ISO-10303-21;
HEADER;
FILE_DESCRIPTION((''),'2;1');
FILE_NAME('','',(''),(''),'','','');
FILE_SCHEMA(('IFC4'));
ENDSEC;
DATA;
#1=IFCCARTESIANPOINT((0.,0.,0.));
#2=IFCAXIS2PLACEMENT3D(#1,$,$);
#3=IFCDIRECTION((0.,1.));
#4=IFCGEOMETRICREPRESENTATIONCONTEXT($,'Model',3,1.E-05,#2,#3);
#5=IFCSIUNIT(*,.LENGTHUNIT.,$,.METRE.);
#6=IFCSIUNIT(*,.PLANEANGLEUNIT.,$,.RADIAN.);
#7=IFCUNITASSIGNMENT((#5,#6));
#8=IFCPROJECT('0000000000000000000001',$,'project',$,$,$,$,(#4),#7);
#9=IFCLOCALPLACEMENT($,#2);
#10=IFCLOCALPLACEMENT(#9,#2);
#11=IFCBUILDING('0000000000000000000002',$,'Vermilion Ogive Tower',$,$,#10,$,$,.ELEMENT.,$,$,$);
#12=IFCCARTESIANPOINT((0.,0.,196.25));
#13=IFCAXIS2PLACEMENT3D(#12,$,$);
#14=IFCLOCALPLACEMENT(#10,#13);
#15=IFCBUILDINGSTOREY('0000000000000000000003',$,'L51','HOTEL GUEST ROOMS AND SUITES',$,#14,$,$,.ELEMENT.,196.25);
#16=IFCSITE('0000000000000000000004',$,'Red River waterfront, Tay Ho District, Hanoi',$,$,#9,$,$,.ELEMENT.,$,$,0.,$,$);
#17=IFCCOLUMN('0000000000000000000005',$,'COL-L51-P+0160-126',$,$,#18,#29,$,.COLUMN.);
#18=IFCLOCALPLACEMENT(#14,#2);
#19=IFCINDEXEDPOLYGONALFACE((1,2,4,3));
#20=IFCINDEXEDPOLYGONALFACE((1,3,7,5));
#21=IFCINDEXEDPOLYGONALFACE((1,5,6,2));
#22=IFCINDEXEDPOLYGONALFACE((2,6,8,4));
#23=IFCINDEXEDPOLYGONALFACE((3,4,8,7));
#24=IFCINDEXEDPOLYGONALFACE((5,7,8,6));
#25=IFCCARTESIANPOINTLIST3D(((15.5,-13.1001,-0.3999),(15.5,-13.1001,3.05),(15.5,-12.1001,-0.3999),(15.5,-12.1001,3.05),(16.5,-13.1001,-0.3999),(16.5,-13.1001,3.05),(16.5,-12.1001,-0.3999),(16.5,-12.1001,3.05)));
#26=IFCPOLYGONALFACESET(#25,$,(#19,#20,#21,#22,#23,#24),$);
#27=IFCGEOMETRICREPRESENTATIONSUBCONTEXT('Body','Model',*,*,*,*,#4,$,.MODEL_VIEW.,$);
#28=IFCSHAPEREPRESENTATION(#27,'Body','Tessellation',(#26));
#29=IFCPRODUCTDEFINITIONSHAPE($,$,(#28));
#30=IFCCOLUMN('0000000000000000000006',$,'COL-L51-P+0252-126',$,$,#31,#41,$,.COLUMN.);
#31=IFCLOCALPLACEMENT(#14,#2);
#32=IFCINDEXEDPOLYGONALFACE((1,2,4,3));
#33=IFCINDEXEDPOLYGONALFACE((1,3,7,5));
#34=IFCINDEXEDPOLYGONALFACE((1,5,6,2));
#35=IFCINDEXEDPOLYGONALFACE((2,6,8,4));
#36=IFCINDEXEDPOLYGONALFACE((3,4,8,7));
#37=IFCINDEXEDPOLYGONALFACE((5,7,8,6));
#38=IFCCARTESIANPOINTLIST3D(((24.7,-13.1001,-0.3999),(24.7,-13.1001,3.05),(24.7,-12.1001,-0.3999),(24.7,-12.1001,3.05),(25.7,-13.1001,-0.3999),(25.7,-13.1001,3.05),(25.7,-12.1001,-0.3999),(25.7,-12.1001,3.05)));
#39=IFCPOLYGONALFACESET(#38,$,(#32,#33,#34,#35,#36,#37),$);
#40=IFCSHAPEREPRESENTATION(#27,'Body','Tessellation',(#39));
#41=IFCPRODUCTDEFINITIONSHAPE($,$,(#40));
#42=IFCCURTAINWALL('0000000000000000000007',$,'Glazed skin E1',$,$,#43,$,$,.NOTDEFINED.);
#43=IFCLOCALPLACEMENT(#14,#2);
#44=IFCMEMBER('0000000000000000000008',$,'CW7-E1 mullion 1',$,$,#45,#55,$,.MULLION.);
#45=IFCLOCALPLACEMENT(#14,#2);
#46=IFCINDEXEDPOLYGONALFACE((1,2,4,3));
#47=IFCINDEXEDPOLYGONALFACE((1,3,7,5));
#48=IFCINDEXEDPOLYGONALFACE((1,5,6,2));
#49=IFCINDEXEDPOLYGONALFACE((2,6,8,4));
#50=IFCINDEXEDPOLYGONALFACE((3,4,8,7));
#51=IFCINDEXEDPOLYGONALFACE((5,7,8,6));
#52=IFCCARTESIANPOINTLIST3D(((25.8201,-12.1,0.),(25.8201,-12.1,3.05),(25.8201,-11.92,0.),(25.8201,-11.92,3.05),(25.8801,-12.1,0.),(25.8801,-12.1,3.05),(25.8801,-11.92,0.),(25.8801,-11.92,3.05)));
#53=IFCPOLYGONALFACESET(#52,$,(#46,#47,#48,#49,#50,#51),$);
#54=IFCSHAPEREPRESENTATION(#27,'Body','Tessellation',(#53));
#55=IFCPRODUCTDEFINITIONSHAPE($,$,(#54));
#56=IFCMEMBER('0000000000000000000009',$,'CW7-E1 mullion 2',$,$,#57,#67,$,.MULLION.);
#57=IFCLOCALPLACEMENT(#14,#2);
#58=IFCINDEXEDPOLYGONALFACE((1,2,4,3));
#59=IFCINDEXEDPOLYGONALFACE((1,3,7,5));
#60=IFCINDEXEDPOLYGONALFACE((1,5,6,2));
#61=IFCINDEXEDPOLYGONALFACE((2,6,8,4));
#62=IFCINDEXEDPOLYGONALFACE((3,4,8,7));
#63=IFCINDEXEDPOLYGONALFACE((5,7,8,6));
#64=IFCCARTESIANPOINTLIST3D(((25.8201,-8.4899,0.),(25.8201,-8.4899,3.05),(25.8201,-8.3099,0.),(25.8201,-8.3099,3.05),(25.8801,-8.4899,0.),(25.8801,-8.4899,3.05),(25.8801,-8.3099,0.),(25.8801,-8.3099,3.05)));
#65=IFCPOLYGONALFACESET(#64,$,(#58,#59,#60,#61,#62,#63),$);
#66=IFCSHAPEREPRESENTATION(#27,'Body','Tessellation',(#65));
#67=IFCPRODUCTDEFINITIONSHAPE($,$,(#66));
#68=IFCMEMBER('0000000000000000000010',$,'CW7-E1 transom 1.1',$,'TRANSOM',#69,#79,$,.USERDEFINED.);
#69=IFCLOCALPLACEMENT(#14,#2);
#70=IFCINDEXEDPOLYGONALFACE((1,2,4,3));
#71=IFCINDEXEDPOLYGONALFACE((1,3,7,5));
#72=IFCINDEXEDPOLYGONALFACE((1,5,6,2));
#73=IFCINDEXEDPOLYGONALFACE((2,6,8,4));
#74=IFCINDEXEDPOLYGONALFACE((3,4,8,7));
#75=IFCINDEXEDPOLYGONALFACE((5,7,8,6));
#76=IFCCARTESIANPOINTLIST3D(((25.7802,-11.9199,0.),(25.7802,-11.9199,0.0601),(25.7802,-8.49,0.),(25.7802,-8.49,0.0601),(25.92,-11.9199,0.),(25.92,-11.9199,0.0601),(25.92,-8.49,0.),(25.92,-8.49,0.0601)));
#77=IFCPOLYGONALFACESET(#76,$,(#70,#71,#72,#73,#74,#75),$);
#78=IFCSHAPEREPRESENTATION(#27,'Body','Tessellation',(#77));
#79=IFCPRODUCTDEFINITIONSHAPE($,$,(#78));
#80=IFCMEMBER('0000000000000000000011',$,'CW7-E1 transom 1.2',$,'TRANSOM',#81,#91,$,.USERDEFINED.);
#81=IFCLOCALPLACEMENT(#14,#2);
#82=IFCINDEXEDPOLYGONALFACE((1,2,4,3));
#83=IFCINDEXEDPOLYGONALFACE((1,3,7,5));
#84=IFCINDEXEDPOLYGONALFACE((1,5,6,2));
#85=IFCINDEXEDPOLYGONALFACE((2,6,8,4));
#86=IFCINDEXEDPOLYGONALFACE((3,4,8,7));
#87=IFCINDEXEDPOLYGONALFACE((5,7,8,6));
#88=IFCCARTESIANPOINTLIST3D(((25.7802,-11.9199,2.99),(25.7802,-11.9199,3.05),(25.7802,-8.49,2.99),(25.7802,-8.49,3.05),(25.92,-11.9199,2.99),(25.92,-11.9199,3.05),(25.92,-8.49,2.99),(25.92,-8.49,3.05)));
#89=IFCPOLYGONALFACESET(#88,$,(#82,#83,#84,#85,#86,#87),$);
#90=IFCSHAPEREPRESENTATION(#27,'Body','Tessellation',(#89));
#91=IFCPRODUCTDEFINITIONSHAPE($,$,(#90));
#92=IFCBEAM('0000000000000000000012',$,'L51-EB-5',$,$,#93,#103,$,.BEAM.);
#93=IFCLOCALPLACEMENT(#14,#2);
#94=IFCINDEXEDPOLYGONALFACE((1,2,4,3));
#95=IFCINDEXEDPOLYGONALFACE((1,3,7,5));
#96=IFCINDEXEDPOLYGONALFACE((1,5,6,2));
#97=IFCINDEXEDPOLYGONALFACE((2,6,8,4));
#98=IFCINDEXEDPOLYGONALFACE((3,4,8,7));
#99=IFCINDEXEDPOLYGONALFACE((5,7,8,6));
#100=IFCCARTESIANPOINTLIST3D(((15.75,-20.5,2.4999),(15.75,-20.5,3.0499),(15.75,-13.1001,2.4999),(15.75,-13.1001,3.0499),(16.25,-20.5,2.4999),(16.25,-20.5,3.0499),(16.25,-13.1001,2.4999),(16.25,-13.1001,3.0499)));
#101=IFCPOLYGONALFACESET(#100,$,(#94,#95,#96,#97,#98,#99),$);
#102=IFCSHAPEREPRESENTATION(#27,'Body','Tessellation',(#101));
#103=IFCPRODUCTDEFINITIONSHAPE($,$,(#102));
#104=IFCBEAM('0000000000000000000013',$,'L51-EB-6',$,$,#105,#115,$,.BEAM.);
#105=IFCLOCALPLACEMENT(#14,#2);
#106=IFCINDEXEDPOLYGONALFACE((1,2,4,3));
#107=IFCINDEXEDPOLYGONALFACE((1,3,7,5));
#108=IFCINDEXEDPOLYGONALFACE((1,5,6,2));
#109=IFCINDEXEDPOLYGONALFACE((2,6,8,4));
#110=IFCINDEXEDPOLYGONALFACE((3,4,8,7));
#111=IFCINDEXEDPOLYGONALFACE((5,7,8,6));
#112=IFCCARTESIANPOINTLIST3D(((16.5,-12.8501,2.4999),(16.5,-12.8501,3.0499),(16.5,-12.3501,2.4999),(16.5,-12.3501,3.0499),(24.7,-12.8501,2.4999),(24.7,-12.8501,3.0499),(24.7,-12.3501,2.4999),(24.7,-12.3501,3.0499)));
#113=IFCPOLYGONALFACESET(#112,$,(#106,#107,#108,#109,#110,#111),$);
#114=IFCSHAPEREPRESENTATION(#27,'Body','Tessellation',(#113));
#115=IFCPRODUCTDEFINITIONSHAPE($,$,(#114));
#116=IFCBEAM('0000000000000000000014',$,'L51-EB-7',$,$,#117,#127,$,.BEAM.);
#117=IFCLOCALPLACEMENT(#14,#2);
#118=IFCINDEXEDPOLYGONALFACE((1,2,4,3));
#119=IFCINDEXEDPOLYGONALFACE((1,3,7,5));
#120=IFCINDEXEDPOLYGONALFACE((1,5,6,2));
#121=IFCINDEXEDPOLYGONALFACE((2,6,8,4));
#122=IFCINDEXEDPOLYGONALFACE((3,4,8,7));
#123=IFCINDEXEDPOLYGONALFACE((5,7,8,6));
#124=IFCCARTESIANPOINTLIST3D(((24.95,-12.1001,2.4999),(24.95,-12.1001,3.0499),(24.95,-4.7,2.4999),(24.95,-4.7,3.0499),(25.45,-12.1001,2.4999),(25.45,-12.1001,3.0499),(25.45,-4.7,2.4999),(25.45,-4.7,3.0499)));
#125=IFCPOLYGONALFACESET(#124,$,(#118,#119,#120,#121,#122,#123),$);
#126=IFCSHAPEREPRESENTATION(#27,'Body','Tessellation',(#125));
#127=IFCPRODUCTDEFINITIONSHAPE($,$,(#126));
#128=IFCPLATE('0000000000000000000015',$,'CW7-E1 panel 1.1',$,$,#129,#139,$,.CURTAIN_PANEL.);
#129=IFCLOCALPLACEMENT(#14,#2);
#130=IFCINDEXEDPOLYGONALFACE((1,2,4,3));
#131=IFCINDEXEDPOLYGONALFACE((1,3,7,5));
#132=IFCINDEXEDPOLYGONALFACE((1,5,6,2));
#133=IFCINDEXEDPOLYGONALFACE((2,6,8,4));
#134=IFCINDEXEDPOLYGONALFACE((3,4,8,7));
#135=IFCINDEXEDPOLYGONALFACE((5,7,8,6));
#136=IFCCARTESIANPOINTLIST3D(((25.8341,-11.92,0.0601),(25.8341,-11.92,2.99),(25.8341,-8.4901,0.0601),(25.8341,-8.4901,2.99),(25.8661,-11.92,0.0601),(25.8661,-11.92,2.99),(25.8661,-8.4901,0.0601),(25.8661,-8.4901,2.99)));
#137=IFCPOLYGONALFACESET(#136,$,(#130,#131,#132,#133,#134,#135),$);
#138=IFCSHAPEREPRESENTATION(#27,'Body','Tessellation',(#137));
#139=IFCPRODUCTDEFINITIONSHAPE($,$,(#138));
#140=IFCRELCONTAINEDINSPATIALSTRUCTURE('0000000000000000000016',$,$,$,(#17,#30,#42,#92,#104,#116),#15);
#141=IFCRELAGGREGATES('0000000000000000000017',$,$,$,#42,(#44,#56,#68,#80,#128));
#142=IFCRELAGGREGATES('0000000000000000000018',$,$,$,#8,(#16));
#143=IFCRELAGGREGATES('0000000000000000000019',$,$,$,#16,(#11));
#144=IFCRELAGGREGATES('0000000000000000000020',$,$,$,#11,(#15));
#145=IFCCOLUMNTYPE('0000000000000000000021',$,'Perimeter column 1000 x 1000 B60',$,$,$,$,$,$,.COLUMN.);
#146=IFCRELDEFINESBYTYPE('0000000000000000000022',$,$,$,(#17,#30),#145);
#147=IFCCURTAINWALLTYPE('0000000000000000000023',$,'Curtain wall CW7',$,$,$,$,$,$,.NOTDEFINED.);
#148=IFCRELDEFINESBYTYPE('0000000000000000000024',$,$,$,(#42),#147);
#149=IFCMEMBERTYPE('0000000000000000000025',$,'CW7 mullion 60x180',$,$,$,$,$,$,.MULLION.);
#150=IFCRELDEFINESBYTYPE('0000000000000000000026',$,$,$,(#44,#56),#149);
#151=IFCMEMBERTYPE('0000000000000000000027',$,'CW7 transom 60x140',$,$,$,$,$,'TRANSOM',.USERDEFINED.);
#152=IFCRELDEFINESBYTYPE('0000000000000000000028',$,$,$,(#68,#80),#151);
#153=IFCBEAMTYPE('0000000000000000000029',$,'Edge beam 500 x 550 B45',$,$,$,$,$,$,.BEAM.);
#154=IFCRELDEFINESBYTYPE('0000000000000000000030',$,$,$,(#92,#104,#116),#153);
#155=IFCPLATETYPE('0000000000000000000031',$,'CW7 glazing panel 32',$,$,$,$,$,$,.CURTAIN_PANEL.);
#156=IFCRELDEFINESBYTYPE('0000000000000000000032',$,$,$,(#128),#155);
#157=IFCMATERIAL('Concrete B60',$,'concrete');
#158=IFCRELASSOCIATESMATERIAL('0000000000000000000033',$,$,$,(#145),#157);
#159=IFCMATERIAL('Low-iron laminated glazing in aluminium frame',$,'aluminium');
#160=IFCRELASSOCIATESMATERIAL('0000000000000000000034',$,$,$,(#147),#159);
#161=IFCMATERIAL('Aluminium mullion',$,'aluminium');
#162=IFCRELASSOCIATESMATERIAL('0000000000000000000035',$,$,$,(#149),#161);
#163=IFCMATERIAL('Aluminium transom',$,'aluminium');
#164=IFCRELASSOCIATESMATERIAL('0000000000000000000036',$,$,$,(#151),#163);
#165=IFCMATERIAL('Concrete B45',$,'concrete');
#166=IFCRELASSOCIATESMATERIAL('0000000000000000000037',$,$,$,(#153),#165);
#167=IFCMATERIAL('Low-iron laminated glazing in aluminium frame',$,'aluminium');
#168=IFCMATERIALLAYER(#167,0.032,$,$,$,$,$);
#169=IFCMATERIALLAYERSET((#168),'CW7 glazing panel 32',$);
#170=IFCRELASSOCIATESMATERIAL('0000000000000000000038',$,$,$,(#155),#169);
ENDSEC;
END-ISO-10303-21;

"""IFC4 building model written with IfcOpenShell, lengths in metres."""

from ifc_helpers import new_model, si_unit, direction, frame, origin, origin_2d, place, context, subcontext, project, spatial, rectangle, extrude, material, layer, layer_set, material_profile, profile_set, type_object, element, aggregate, save


model = new_model("IFC4")

# Units and contexts
model_context = context("Model", 3, precision=1e-05, world=origin(), true_north=direction((0.0, 1.0)))
body_context = subcontext(model_context, "Body", "Model", "MODEL_VIEW")
ifc_project = project(units=[si_unit("LENGTHUNIT", "METRE"), si_unit("PLANEANGLEUNIT", "RADIAN")], contexts=[model_context])

# Site, building, storey
site_placement = place(None, origin())
site = spatial("IfcSite", under=ifc_project, at=site_placement, Name="Red River waterfront, Tay Ho District, Hanoi", CompositionType="ELEMENT", RefElevation=0.0)
building_placement = place(site_placement, origin())
building = spatial("IfcBuilding", under=site, at=building_placement, Name="Vermilion Ogive Tower", CompositionType="ELEMENT")
storey_placement = place(building_placement, frame((0.0, 0.0, 196.25)))
storey = spatial("IfcBuildingStorey", under=building, at=storey_placement, Name="L51", Description="HOTEL GUEST ROOMS AND SUITES", CompositionType="ELEMENT", Elevation=196.25)

# Columns
ifc_material_1 = material(Name="Concrete B60", Category="concrete")
ifc_material_profile_1 = material_profile(ifc_material_1, rectangle(XDim=1.0, YDim=1.0, at=origin_2d()), Name="1000 x 1000")
ifc_profile_set_1 = profile_set([ifc_material_profile_1], Name="Concrete B60")
column_type = type_object("IfcColumnType", Name="Perimeter column 1000 x 1000 B60", PredefinedType="COLUMN", material=ifc_profile_set_1)
for number, where, z_axis, x_axis, name in (
    (1, (16.0, -12.6001, -0.3999), (0.0, 0.0, 1.0), (1.0, 0.0, 0.0), "COL-L51-P+0160-126"),
    (2, (25.2, -12.6001, -0.3999), (0.0, 0.0, 1.0), (1.0, 0.0, 0.0), "COL-L51-P+0252-126"),
):
    element("IfcColumn", number, at=place(storey_placement, frame(where, z_axis=z_axis, x_axis=x_axis)), inside=storey, type_object=column_type, Name=name, PredefinedType="COLUMN", context=body_context, shape_type="SweptSolid", body=[
        extrude(rectangle(XDim=1.0, YDim=1.0, at=origin_2d()), origin(), (0.0, 0.0, 1.0), 3.45),
    ])

# Curtain wall, members
ifc_material_2 = material(Name="Low-iron laminated glazing in aluminium frame", Category="aluminium")
curtain_wall_type = type_object("IfcCurtainWallType", Name="Curtain wall CW7", PredefinedType="NOTDEFINED", material=ifc_material_2)
curtain_wall_placement = place(storey_placement, origin())
curtain_wall = element("IfcCurtainWall", 3, at=curtain_wall_placement, inside=storey, type_object=curtain_wall_type, Name="Glazed skin E1", PredefinedType="NOTDEFINED")
ifc_material_3 = material(Name="Aluminium mullion", Category="aluminium")
ifc_material_profile_2 = material_profile(ifc_material_3, rectangle(XDim=0.0601, YDim=0.1799, at=origin_2d()), Name="AL 60x180")
ifc_profile_set_2 = profile_set([ifc_material_profile_2], Name="Aluminium mullion")
member_type_1 = type_object("IfcMemberType", Name="CW7 mullion 60x180", PredefinedType="MULLION", material=ifc_profile_set_2)
member_1_placement = place(storey_placement, frame((25.8501, -12.01, 0.0), z_axis=(0.0, 0.0, 1.0), x_axis=(-1.0, 0.0, 0.0)))
member_1 = element("IfcMember", 4, at=member_1_placement, type_object=member_type_1, Name="CW7-E1 mullion 1", PredefinedType="MULLION", context=body_context, shape_type="SweptSolid", body=[
    extrude(rectangle(XDim=0.0601, YDim=0.1799, at=origin_2d()), origin(), (0.0, 0.0, 1.0), 3.05),
])
member_2_placement = place(storey_placement, frame((25.8501, -8.3999, 0.0), z_axis=(0.0, 0.0, 1.0), x_axis=(-1.0, 0.0, 0.0)))
member_2 = element("IfcMember", 5, at=member_2_placement, type_object=member_type_1, Name="CW7-E1 mullion 2", PredefinedType="MULLION", context=body_context, shape_type="SweptSolid", body=[
    extrude(rectangle(XDim=0.0601, YDim=0.1799, at=origin_2d()), origin(), (0.0, 0.0, 1.0), 3.05),
])
ifc_material_4 = material(Name="Aluminium transom", Category="aluminium")
ifc_material_profile_3 = material_profile(ifc_material_4, rectangle(XDim=0.1399, YDim=0.0601, at=origin_2d()), Name="AL 60x140")
ifc_profile_set_3 = profile_set([ifc_material_profile_3], Name="Aluminium transom")
member_type_2 = type_object("IfcMemberType", Name="CW7 transom 60x140", ElementType="TRANSOM", PredefinedType="USERDEFINED", material=ifc_profile_set_3)
member_3_placement = place(storey_placement, frame((25.8501, -11.9199, 0.03), z_axis=(0.0, 1.0, 0.0), x_axis=(-1.0, 0.0, 0.0)))
member_3 = element("IfcMember", 6, at=member_3_placement, type_object=member_type_2, Name="CW7-E1 transom 1.1", ObjectType="TRANSOM", PredefinedType="USERDEFINED", context=body_context, shape_type="SweptSolid", body=[
    extrude(rectangle(XDim=0.1399, YDim=0.0601, at=origin_2d()), origin(), (0.0, 0.0, 1.0), 3.4299),
])
member_4_placement = place(storey_placement, frame((25.8501, -11.9199, 3.02), z_axis=(0.0, 1.0, 0.0), x_axis=(-1.0, 0.0, 0.0)))
member_4 = element("IfcMember", 7, at=member_4_placement, type_object=member_type_2, Name="CW7-E1 transom 1.2", ObjectType="TRANSOM", PredefinedType="USERDEFINED", context=body_context, shape_type="SweptSolid", body=[
    extrude(rectangle(XDim=0.1399, YDim=0.0601, at=origin_2d()), origin(), (0.0, 0.0, 1.0), 3.4299),
])

# Beams
ifc_material_5 = material(Name="Concrete B45", Category="concrete")
ifc_material_profile_4 = material_profile(ifc_material_5, rectangle(XDim=0.5, YDim=0.55, at=origin_2d()), Name="500 x 550")
ifc_profile_set_4 = profile_set([ifc_material_profile_4], Name="Concrete B45")
beam_type = type_object("IfcBeamType", Name="Edge beam 500 x 550 B45", PredefinedType="BEAM", material=ifc_profile_set_4)
beam_1_placement = place(storey_placement, frame((16.0, -20.5, 2.7749), z_axis=(0.0, 1.0, 0.0), x_axis=(-1.0, 0.0, 0.0)))
element("IfcBeam", 8, at=beam_1_placement, inside=storey, type_object=beam_type, Name="L51-EB-5", PredefinedType="BEAM", context=body_context, shape_type="SweptSolid", body=[
    extrude(rectangle(XDim=0.5, YDim=0.55, at=origin_2d()), origin(), (0.0, 0.0, 1.0), 7.3999),
])
beam_2_placement = place(storey_placement, frame((16.5, -12.6001, 2.7749), z_axis=(1.0, 0.0, 0.0), x_axis=(0.0, 1.0, 0.0)))
element("IfcBeam", 9, at=beam_2_placement, inside=storey, type_object=beam_type, Name="L51-EB-6", PredefinedType="BEAM", context=body_context, shape_type="SweptSolid", body=[
    extrude(rectangle(XDim=0.5, YDim=0.55, at=origin_2d()), origin(), (0.0, 0.0, 1.0), 8.2),
])
beam_3_placement = place(storey_placement, frame((25.2, -12.1001, 2.7749), z_axis=(0.0, 1.0, 0.0), x_axis=(-1.0, 0.0, 0.0)))
element("IfcBeam", 10, at=beam_3_placement, inside=storey, type_object=beam_type, Name="L51-EB-7", PredefinedType="BEAM", context=body_context, shape_type="SweptSolid", body=[
    extrude(rectangle(XDim=0.5, YDim=0.55, at=origin_2d()), origin(), (0.0, 0.0, 1.0), 7.4001),
])

# Plate
ifc_material_6 = material(Name="Low-iron laminated glazing in aluminium frame", Category="aluminium")
ifc_layer_1 = layer(ifc_material_6, 0.032)
ifc_layer_set_1 = layer_set([ifc_layer_1], Name="CW7 glazing panel 32")
plate_type = type_object("IfcPlateType", Name="CW7 glazing panel 32", PredefinedType="CURTAIN_PANEL", material=ifc_layer_set_1)
plate_placement = place(storey_placement, frame((25.8501, -10.2051, 0.0601), z_axis=(0.0, 0.0, 1.0), x_axis=(0.0, 1.0, 0.0)))
plate = element("IfcPlate", 11, at=plate_placement, type_object=plate_type, Name="CW7-E1 panel 1.1", PredefinedType="CURTAIN_PANEL", context=body_context, shape_type="SweptSolid", body=[
    extrude(rectangle(XDim=3.4299, YDim=0.032, at=origin_2d()), origin(), (0.0, 0.0, 1.0), 2.9299),
])
aggregate(curtain_wall, [member_1, member_2, member_3, member_4, plate])

save(model, "model.ifc")
